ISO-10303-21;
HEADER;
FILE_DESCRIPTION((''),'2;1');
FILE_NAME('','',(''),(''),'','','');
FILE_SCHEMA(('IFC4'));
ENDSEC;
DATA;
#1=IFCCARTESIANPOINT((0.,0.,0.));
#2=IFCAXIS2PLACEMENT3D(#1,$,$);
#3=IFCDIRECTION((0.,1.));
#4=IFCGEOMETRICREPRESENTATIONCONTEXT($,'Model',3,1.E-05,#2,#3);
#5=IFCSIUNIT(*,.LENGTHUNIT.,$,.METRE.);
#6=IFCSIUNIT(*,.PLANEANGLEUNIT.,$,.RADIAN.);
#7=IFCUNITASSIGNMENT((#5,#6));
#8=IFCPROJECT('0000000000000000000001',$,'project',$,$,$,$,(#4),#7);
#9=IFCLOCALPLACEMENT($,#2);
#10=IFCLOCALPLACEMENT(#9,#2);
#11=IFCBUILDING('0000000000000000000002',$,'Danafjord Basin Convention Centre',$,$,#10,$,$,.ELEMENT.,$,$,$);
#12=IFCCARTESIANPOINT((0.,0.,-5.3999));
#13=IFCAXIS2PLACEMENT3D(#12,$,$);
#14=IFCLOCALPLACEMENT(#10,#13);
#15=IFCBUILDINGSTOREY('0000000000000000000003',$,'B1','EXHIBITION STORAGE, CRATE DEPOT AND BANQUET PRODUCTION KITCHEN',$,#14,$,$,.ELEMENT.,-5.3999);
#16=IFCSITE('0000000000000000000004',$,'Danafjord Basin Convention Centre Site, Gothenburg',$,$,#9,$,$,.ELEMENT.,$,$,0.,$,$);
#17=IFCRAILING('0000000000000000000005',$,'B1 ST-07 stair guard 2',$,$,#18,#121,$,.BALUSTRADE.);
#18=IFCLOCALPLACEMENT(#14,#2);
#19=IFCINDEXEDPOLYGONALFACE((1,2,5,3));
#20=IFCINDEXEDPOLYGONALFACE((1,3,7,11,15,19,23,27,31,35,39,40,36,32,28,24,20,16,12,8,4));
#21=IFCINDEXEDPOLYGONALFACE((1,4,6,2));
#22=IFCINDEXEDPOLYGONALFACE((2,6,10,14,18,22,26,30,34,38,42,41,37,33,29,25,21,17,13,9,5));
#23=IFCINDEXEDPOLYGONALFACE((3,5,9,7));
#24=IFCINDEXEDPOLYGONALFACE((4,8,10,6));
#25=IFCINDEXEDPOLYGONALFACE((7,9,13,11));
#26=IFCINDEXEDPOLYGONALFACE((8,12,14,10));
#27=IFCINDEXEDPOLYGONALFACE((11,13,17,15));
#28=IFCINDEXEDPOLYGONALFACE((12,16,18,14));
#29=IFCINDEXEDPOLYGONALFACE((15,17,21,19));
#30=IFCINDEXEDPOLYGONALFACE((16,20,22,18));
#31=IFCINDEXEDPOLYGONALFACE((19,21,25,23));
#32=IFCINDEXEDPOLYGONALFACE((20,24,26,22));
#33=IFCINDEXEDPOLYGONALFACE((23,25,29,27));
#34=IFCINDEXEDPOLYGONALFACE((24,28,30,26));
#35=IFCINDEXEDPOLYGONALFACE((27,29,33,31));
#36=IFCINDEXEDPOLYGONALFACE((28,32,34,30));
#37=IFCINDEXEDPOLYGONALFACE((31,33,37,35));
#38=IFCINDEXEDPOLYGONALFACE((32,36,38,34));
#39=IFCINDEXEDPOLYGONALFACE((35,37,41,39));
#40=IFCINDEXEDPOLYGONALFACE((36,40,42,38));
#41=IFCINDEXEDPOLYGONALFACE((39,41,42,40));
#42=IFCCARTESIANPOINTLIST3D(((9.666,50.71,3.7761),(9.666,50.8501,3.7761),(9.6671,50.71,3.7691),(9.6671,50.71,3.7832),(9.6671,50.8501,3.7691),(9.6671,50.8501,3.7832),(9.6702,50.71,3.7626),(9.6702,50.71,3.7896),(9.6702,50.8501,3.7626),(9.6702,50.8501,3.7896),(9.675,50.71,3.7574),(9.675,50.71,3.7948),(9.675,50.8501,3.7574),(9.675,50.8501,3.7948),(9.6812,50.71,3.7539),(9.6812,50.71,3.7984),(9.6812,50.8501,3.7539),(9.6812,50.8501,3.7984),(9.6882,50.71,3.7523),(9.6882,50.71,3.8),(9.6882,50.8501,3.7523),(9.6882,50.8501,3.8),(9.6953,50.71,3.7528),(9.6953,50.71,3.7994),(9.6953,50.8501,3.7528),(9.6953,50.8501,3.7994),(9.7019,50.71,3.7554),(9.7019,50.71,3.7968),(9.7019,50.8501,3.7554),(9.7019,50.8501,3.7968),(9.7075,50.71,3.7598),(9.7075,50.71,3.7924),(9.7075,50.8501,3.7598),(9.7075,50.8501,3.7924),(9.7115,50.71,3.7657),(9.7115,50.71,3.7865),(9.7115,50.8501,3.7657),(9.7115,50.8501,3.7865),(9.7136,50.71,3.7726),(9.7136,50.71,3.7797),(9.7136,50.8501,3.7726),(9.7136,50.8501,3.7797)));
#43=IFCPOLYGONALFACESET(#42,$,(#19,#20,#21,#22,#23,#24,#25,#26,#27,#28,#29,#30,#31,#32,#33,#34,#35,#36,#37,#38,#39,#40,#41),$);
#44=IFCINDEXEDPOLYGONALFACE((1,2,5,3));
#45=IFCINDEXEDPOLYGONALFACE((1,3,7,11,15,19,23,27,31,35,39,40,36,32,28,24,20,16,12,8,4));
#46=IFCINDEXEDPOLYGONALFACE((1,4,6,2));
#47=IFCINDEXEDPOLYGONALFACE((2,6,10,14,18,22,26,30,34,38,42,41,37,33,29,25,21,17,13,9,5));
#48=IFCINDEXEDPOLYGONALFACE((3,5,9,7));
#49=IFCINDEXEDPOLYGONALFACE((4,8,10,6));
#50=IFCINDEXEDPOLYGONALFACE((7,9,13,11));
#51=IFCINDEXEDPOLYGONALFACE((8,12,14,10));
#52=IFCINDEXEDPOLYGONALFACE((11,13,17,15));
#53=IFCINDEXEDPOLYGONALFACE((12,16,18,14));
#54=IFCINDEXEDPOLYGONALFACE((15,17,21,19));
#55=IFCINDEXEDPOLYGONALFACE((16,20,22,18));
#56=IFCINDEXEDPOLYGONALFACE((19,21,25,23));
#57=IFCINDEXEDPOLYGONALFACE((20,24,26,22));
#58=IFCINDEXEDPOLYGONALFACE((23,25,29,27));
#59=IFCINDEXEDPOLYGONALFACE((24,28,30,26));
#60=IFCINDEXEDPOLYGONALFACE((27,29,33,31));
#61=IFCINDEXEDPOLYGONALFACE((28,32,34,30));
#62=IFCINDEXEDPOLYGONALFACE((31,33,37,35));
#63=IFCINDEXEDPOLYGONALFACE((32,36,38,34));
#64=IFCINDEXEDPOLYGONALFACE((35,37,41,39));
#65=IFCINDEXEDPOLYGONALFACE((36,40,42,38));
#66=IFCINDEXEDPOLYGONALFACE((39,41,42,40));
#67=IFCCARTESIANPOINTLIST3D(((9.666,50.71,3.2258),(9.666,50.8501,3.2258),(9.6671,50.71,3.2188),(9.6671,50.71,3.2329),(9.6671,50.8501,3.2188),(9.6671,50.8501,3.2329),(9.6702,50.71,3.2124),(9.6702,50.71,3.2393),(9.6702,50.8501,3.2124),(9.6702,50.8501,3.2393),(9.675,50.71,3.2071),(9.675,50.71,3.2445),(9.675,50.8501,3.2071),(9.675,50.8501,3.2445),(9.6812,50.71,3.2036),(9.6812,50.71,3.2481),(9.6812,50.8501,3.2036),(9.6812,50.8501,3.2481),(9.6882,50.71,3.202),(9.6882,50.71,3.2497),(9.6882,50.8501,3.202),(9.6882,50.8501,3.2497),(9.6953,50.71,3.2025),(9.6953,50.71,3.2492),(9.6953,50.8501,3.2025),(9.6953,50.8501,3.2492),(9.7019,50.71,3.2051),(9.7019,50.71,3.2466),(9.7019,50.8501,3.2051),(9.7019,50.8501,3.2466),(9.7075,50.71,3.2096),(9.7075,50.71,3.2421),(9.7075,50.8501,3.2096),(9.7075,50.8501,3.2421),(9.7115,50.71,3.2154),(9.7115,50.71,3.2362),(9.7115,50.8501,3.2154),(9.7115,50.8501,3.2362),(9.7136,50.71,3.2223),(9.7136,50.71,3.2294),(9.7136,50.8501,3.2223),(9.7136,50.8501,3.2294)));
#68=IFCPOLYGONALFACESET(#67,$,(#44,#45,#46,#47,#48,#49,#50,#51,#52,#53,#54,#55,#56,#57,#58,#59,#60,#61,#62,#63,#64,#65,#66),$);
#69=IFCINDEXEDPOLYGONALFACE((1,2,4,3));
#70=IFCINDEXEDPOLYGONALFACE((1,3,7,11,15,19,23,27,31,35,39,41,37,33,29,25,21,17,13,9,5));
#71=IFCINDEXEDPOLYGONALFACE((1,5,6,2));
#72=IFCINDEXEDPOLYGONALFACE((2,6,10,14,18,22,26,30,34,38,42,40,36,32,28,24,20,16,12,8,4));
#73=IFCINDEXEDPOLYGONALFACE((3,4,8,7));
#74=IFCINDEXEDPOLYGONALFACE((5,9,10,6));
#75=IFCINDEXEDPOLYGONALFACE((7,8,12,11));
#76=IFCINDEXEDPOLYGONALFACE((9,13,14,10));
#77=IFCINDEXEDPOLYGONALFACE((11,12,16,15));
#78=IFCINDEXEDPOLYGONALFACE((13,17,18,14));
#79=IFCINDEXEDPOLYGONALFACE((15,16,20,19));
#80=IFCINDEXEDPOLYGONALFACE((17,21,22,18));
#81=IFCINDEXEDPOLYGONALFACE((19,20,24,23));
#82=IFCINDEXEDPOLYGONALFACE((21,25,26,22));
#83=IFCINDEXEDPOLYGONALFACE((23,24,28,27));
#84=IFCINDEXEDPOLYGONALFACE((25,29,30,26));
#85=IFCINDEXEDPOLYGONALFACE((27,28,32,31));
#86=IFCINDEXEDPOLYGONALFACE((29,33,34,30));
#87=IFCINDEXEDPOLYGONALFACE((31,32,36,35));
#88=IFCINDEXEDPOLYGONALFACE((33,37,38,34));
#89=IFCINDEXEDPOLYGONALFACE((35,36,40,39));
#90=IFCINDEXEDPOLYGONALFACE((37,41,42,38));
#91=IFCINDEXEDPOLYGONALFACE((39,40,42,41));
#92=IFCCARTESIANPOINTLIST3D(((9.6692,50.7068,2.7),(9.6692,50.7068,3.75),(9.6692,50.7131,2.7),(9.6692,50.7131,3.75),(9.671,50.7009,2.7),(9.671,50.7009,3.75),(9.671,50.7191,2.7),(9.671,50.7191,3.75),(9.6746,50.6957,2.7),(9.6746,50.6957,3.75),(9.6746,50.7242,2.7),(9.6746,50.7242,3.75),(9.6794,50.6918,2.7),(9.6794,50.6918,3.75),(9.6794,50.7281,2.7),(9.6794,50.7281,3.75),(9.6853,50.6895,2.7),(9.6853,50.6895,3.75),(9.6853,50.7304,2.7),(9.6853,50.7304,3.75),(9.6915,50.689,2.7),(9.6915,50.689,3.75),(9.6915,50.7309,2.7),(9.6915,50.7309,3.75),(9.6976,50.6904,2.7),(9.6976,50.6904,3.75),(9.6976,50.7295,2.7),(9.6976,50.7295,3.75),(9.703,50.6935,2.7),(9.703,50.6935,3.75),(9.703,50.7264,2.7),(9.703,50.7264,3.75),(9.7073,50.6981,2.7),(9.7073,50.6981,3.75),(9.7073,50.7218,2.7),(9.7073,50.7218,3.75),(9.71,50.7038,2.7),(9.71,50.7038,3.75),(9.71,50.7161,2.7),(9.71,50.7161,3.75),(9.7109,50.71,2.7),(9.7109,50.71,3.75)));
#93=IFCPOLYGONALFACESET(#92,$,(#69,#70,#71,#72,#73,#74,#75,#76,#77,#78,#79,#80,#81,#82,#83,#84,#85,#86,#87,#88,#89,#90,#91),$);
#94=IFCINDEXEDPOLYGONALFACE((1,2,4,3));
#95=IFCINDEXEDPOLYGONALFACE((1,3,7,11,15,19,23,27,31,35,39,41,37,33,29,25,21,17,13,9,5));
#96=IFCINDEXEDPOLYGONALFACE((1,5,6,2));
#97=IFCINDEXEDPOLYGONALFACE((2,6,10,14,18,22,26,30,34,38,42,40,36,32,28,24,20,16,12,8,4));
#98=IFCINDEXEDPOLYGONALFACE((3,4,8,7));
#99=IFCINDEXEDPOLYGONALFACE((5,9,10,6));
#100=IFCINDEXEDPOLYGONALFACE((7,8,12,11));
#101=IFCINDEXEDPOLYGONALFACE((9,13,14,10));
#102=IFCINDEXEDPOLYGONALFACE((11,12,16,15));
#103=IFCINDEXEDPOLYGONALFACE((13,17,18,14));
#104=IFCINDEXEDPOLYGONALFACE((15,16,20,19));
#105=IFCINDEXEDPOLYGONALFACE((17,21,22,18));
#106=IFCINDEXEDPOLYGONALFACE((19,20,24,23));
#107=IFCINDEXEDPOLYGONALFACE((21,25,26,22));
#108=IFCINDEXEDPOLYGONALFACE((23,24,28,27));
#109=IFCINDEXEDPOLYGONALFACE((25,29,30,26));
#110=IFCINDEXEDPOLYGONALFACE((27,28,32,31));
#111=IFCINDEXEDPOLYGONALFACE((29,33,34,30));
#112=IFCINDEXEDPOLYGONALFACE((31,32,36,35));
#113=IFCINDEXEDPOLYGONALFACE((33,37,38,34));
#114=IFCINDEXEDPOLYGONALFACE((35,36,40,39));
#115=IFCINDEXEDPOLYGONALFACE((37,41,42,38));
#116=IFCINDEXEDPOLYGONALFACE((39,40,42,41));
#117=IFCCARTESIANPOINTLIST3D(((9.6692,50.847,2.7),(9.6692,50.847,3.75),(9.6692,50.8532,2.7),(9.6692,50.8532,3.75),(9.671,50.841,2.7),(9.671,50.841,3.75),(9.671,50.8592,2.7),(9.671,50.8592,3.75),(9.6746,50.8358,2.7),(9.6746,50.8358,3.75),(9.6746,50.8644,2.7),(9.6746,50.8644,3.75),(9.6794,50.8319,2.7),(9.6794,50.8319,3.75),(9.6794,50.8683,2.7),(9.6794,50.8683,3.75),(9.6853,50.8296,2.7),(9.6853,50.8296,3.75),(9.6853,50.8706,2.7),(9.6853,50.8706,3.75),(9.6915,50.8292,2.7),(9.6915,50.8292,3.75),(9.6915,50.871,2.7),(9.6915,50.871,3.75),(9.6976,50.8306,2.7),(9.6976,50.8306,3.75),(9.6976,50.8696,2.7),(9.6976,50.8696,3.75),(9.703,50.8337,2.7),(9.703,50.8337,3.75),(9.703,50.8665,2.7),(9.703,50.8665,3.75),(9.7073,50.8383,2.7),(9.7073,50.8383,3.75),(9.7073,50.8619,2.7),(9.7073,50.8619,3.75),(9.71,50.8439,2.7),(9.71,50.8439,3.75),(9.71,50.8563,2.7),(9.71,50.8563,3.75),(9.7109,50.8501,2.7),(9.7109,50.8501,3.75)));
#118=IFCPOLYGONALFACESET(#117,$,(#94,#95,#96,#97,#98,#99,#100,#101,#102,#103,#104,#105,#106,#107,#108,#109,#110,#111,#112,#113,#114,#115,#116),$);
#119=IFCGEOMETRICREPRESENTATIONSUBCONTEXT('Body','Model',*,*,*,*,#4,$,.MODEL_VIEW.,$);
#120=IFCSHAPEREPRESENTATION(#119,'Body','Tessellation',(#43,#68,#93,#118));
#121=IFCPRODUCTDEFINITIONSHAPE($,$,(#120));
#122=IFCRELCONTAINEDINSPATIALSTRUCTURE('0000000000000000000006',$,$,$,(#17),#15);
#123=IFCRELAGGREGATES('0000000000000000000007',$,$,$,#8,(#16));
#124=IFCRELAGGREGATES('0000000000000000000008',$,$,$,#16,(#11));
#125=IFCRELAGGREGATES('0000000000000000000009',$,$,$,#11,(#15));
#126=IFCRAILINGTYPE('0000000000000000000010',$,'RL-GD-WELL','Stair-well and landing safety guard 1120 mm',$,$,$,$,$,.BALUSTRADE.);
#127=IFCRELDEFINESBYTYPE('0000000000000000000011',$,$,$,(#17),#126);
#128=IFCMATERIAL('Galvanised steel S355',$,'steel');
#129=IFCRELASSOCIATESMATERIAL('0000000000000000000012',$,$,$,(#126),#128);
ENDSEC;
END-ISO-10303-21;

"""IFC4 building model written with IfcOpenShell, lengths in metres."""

from ifc_helpers import new_model, si_unit, direction, frame, origin, origin_2d, place, context, subcontext, project, spatial, circle, extrude, material, type_object, element, save


model = new_model("IFC4")

# Units and contexts
model_context = context("Model", 3, precision=1e-05, world=origin(), true_north=direction((0.0, 1.0)))
body_context = subcontext(model_context, "Body", "Model", "MODEL_VIEW")
ifc_project = project(units=[si_unit("LENGTHUNIT", "METRE"), si_unit("PLANEANGLEUNIT", "RADIAN")], contexts=[model_context])

# Site, building, storey
site_placement = place(None, origin())
site = spatial("IfcSite", under=ifc_project, at=site_placement, Name="Danafjord Basin Convention Centre Site, Gothenburg", CompositionType="ELEMENT", RefElevation=0.0)
building_placement = place(site_placement, origin())
building = spatial("IfcBuilding", under=site, at=building_placement, Name="Danafjord Basin Convention Centre", CompositionType="ELEMENT")
storey_placement = place(building_placement, frame((0.0, 0.0, -5.3999)))
storey = spatial("IfcBuildingStorey", under=building, at=storey_placement, Name="B1", Description="EXHIBITION STORAGE, CRATE DEPOT AND BANQUET PRODUCTION KITCHEN", CompositionType="ELEMENT", Elevation=-5.3999)

# Railing
ifc_material_1 = material(Name="Galvanised steel S355", Category="steel")
railing_type_1 = type_object("IfcRailingType", Name="RL-GD-WELL", Description="Stair-well and landing safety guard 1120 mm", PredefinedType="BALUSTRADE", material=ifc_material_1)
railing_1_placement = place(storey_placement, frame((9.6899, 50.71, 2.7)))
element("IfcRailing", 1, at=railing_1_placement, inside=storey, type_object=railing_type_1, Name="B1 ST-07 stair guard 2", PredefinedType="BALUSTRADE", context=body_context, shape_type="SweptSolid", body=[
    extrude(circle(Radius=0.0239, at=origin_2d()), frame((0.0, 0.0, 1.0762), z_axis=(0.0, 1.0, 0.0), x_axis=(-1.0, 0.0, 0.0)), (0.0, 0.0, 1.0), 0.1401),
    extrude(circle(Radius=0.0239, at=origin_2d()), frame((0.0, 0.0, 0.5259), z_axis=(0.0, 1.0, 0.0), x_axis=(-1.0, 0.0, 0.0)), (0.0, 0.0, 1.0), 0.1401),
    extrude(circle(Radius=0.021, at=origin_2d()), origin(), (0.0, 0.0, 1.0), 1.05),
    extrude(circle(Radius=0.021, at=origin_2d()), frame((0.0, 0.1401, 0.0)), (0.0, 0.0, 1.0), 1.05),
])

save(model, "model.ifc")
